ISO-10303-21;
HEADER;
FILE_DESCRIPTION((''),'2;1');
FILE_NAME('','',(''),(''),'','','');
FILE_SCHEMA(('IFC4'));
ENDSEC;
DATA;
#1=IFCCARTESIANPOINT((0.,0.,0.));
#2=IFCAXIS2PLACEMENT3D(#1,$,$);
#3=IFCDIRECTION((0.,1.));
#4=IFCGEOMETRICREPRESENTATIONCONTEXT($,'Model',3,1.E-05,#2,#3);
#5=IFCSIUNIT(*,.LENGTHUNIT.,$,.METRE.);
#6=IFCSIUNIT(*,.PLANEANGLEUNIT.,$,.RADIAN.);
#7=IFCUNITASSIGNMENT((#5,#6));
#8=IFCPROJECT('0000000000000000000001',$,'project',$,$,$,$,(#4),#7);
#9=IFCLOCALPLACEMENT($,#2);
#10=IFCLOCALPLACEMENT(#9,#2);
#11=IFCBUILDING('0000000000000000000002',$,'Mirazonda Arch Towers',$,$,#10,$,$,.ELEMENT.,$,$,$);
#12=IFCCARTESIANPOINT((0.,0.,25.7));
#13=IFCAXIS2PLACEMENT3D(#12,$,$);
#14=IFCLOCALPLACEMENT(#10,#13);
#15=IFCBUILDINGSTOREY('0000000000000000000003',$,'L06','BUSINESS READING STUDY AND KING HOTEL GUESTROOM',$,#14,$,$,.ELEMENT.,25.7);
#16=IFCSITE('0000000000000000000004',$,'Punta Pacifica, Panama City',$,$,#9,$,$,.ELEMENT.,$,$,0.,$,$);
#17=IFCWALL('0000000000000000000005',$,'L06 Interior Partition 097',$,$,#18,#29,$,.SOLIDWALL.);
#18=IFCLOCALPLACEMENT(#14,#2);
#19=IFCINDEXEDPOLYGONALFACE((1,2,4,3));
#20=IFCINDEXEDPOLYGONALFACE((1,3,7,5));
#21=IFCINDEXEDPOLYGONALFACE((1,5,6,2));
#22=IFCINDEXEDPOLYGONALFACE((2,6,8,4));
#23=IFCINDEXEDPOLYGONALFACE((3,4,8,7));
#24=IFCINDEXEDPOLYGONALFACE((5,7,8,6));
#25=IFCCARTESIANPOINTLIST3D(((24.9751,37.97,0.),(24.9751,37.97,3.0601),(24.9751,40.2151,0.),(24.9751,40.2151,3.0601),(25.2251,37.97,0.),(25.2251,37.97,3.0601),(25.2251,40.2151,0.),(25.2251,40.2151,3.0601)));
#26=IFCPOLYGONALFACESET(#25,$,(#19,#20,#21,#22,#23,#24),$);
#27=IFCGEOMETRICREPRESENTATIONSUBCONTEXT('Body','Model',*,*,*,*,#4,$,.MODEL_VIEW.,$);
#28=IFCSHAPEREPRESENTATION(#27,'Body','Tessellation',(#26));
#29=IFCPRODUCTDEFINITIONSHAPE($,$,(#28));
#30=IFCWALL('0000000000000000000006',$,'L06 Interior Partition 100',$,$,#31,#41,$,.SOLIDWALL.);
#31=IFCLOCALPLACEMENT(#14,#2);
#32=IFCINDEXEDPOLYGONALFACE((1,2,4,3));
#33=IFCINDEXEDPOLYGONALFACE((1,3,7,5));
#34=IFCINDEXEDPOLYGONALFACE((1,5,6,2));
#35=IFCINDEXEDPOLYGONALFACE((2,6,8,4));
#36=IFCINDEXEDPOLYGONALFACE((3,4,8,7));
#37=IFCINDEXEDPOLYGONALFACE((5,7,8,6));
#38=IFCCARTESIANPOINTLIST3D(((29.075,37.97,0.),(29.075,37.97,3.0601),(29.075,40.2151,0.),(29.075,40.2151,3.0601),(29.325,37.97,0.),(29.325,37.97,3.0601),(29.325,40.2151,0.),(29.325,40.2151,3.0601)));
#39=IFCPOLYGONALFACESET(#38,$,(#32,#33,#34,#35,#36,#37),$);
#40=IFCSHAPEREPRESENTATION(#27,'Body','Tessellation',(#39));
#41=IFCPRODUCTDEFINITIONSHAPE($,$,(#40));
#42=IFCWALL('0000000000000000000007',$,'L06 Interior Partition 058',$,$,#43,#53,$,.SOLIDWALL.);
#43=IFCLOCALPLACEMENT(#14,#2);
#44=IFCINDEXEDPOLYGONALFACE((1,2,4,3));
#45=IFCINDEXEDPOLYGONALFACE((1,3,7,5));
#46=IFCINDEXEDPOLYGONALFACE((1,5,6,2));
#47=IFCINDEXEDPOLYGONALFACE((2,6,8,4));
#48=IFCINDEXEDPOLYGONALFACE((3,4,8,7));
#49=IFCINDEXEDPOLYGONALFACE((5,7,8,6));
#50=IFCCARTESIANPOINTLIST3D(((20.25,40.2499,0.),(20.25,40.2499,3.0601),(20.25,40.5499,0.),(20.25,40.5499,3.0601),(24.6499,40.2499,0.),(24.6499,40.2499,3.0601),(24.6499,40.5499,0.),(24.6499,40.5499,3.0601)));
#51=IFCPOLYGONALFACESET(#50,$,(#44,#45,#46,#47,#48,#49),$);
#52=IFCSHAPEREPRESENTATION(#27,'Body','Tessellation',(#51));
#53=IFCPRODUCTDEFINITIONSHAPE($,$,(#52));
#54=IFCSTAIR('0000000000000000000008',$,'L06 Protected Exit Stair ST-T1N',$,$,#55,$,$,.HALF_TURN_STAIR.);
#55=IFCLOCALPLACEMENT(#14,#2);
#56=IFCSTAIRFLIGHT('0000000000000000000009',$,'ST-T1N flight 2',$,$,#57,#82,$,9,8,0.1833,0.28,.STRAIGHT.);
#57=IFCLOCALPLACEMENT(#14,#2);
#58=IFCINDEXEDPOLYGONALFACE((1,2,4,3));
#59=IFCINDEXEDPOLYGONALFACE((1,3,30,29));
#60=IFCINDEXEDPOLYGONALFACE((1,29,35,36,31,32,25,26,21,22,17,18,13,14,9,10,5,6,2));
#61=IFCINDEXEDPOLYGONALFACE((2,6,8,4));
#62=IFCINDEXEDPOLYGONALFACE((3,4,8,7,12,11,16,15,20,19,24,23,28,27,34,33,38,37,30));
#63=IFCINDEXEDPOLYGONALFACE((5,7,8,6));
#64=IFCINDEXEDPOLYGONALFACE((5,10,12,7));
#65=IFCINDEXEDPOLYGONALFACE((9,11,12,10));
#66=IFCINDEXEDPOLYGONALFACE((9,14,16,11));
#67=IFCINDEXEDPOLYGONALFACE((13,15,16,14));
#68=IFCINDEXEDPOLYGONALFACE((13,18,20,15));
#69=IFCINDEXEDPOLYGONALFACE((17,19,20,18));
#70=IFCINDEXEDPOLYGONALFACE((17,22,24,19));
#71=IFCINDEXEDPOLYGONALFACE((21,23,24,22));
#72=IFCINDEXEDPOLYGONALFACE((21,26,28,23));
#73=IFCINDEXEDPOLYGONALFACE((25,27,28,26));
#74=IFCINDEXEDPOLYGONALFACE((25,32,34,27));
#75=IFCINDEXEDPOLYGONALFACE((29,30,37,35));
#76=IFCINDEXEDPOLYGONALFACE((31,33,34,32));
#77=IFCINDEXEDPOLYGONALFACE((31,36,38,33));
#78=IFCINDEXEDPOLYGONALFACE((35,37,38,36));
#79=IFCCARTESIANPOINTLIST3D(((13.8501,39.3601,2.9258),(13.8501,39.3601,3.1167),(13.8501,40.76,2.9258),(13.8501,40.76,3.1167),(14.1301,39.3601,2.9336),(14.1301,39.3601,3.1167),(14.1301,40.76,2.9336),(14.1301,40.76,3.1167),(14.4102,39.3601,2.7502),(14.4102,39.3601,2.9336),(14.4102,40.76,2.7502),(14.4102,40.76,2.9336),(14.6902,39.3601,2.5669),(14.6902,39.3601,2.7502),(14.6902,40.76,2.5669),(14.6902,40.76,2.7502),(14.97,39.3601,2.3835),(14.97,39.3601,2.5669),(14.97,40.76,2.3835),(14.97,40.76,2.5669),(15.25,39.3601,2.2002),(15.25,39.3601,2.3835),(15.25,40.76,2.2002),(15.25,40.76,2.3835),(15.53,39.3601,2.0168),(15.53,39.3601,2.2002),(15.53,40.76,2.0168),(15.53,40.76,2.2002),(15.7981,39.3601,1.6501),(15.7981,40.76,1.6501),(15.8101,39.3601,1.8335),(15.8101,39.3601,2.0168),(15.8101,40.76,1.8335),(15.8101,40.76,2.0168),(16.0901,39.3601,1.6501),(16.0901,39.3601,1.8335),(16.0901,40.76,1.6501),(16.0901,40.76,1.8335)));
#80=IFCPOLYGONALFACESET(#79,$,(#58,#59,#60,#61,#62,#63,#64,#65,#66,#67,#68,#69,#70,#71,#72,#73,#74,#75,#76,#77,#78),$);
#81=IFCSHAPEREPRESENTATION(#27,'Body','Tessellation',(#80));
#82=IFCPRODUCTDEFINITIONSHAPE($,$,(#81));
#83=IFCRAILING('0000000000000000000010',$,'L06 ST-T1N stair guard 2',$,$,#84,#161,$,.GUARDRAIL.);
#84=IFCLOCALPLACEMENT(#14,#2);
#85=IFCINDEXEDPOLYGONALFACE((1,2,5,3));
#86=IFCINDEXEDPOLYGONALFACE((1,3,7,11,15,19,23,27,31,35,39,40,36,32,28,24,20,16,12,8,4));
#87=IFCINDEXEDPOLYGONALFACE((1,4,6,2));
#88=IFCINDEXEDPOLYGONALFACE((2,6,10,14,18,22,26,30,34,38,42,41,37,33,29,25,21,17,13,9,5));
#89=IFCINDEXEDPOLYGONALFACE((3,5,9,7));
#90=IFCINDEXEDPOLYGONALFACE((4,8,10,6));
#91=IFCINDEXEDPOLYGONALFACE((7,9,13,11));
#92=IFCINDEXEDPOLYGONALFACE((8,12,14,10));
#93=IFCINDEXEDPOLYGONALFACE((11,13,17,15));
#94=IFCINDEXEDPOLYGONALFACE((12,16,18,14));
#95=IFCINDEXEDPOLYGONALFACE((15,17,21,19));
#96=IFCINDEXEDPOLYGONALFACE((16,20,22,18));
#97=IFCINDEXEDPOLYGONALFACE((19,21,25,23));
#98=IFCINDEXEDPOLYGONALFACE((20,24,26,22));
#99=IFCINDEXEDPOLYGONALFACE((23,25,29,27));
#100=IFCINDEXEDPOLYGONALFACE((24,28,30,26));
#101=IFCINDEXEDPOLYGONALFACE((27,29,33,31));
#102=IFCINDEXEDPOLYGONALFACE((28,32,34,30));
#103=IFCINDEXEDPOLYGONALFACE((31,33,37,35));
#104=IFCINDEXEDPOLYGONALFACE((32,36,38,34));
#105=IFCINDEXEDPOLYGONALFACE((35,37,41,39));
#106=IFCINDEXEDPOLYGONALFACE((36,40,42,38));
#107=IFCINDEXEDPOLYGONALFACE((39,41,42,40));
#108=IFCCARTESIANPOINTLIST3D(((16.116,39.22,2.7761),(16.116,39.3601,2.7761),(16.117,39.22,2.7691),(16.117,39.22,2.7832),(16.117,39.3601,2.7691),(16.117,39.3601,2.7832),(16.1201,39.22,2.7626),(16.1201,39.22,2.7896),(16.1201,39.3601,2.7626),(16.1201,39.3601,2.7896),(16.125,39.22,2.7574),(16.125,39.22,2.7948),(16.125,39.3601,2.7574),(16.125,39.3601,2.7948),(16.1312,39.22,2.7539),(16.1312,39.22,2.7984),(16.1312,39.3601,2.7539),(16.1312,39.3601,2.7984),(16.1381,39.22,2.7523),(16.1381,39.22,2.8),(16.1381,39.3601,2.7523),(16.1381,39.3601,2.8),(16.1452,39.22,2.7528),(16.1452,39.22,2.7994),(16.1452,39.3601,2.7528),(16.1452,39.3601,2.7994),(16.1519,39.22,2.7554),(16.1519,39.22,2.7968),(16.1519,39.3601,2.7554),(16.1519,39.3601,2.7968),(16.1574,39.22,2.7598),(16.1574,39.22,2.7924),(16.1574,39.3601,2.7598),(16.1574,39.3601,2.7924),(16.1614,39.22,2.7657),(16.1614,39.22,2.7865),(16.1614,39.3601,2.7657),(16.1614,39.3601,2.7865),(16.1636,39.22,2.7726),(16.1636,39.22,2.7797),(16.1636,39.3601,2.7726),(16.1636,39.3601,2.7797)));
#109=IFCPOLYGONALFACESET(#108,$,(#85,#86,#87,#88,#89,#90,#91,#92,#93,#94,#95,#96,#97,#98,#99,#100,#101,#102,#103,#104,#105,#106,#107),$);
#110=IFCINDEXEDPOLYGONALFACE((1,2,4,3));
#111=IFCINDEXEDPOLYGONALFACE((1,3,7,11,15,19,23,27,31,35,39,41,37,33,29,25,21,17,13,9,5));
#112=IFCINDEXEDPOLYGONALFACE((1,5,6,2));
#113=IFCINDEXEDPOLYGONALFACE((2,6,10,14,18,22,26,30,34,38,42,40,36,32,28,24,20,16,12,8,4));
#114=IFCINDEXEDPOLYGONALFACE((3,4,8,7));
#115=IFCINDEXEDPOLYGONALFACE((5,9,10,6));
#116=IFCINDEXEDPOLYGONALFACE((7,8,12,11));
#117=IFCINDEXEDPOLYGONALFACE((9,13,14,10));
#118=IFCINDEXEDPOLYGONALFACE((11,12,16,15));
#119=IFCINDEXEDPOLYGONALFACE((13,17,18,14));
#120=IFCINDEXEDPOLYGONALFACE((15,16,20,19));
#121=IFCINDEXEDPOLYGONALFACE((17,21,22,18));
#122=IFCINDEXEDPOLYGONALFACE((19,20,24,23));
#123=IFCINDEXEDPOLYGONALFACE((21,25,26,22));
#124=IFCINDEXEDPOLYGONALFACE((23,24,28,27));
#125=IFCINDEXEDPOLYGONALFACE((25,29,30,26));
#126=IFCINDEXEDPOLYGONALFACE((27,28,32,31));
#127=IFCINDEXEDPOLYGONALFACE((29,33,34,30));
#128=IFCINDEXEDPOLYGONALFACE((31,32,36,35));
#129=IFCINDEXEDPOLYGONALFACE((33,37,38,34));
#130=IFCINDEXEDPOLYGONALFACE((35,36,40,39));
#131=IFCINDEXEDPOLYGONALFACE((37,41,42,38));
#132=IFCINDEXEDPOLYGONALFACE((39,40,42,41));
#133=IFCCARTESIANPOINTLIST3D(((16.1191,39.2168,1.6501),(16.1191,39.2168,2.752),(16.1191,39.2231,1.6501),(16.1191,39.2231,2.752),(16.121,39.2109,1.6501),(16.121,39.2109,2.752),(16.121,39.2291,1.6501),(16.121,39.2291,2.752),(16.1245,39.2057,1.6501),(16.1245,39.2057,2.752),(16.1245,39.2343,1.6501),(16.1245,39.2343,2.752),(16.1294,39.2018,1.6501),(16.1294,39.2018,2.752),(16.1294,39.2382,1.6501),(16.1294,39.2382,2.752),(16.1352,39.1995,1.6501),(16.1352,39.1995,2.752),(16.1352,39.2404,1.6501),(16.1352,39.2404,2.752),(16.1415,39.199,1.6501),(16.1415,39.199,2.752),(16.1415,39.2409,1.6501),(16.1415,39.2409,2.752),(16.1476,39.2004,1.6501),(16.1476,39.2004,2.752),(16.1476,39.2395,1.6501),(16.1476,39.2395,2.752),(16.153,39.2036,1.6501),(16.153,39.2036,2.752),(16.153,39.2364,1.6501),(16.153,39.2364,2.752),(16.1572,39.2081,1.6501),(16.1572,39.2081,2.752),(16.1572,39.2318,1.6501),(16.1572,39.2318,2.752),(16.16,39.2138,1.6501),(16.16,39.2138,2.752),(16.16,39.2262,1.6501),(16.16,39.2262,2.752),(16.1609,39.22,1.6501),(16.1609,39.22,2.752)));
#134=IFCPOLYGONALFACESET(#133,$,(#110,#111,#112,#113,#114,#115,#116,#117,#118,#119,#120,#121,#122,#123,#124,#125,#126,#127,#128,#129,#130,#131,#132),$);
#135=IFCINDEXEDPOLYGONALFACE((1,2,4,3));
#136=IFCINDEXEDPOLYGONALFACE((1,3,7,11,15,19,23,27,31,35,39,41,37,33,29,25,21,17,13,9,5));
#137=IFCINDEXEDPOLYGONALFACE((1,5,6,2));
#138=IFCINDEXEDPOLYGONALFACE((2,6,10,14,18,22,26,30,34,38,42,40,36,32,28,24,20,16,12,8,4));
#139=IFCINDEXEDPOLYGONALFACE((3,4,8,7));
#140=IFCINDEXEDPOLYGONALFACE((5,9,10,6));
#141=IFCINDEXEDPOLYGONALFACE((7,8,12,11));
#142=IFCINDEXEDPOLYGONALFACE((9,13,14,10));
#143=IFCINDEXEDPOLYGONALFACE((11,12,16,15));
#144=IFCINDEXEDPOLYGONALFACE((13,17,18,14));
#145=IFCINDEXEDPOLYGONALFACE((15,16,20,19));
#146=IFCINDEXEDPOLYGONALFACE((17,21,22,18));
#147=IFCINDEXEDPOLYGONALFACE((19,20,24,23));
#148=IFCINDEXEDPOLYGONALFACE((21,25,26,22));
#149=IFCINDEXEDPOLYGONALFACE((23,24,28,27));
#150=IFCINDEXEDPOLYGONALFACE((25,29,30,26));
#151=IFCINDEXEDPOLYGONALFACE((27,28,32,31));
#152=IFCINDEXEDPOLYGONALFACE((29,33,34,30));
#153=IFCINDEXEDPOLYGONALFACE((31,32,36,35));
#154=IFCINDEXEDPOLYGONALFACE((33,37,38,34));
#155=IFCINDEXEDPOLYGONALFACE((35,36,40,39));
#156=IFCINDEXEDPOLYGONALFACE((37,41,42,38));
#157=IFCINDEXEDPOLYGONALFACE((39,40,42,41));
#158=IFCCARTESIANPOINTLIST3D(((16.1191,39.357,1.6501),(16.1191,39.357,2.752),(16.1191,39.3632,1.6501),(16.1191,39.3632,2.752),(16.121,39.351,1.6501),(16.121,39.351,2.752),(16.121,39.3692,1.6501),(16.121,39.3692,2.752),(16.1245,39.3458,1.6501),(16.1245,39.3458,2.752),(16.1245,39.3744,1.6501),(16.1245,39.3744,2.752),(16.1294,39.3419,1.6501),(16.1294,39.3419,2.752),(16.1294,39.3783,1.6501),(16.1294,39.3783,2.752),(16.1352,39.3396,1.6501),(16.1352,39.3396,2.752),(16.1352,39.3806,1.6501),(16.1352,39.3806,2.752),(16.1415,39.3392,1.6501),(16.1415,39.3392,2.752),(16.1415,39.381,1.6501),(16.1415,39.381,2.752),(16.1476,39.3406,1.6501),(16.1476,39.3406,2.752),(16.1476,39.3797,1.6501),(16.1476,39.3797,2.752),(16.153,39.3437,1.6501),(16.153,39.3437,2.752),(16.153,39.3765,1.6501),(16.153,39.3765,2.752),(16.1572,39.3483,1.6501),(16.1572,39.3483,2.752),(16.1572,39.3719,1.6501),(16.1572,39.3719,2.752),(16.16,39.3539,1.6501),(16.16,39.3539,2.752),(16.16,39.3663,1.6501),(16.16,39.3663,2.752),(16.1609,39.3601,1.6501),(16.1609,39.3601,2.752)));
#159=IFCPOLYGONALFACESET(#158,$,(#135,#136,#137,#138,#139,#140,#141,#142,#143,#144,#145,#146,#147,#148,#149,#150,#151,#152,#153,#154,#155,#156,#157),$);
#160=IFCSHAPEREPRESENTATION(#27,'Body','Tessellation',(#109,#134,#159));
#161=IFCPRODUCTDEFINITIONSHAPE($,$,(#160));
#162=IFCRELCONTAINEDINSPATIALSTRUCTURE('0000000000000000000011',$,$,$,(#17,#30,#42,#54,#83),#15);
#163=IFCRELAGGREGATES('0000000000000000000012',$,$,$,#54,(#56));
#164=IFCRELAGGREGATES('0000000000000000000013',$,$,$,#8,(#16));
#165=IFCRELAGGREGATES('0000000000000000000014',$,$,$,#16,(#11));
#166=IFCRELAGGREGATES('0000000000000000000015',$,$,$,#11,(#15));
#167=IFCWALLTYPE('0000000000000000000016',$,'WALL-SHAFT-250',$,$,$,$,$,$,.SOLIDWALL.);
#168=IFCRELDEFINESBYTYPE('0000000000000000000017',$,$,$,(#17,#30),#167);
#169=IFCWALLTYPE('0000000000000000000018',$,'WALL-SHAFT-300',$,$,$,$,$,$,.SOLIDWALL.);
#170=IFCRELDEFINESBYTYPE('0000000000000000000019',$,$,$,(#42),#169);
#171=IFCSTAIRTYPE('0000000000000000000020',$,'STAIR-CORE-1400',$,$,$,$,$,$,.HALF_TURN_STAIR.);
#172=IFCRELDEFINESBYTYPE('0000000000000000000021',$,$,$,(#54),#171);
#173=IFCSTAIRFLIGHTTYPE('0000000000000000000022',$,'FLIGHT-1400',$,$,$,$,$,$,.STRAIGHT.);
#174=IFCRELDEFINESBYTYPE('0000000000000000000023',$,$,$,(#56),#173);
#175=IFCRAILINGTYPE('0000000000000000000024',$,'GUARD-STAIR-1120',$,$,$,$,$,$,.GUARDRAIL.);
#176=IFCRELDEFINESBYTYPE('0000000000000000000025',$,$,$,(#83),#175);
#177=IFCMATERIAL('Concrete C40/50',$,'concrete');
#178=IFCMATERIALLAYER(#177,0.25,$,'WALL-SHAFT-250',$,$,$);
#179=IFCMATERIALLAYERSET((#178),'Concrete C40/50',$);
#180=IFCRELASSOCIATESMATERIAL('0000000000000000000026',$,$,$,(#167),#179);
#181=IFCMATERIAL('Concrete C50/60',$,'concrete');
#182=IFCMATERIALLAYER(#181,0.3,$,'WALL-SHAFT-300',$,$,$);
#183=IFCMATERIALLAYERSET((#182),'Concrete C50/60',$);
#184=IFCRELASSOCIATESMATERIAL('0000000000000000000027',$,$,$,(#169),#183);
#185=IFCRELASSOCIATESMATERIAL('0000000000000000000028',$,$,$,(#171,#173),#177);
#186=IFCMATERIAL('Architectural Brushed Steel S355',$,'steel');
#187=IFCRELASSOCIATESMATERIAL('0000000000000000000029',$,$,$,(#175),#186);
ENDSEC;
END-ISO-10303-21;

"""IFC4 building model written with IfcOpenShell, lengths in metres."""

from ifc_helpers import new_model, si_unit, direction, frame, frame_2d, origin, origin_2d, place, context, subcontext, project, spatial, polyline, rectangle, circle, outline, extrude, material, layer, layer_set, type_object, element, aggregate, save


model = new_model("IFC4")

# Units and contexts
model_context = context("Model", 3, precision=1e-05, world=origin(), true_north=direction((0.0, 1.0)))
body_context = subcontext(model_context, "Body", "Model", "MODEL_VIEW")
ifc_project = project(units=[si_unit("LENGTHUNIT", "METRE"), si_unit("PLANEANGLEUNIT", "RADIAN")], contexts=[model_context])

# Site, building, storey
site_placement = place(None, origin())
site = spatial("IfcSite", under=ifc_project, at=site_placement, Name="Punta Pacifica, Panama City", CompositionType="ELEMENT", RefElevation=0.0)
building_placement = place(site_placement, origin())
building = spatial("IfcBuilding", under=site, at=building_placement, Name="Mirazonda Arch Towers", CompositionType="ELEMENT")
storey_placement = place(building_placement, frame((0.0, 0.0, 25.7)))
storey = spatial("IfcBuildingStorey", under=building, at=storey_placement, Name="L06", Description="BUSINESS READING STUDY AND KING HOTEL GUESTROOM", CompositionType="ELEMENT", Elevation=25.7)

# Shared definitions
ifc_material_1 = material(Name="Architectural Brushed Steel S355", Category="steel")

# Walls
ifc_material_2 = material(Name="Concrete C40/50", Category="concrete")
ifc_layer_1 = layer(ifc_material_2, 0.25, Name="WALL-SHAFT-250")
ifc_layer_set_1 = layer_set([ifc_layer_1], Name="Concrete C40/50")
wall_type_1 = type_object("IfcWallType", Name="WALL-SHAFT-250", PredefinedType="SOLIDWALL", material=ifc_layer_set_1)
for number, where, z_axis, x_axis, name in (
    (1, (25.1001, 37.97, 0.0), (0.0, 0.0, 1.0), (0.0, 1.0, 0.0), "L06 Interior Partition 097"),
    (2, (29.2, 37.97, 0.0), (0.0, 0.0, 1.0), (0.0, 1.0, 0.0), "L06 Interior Partition 100"),
):
    element("IfcWall", number, at=place(storey_placement, frame(where, z_axis=z_axis, x_axis=x_axis)), inside=storey, type_object=wall_type_1, Name=name, PredefinedType="SOLIDWALL", context=body_context, shape_type="SweptSolid", body=[
        extrude(rectangle(XDim=2.2451, YDim=0.25, at=frame_2d((1.1226, 0.0))), origin(), (0.0, 0.0, 1.0), 3.0601),
    ])
ifc_material_3 = material(Name="Concrete C50/60", Category="concrete")
ifc_layer_2 = layer(ifc_material_3, 0.3, Name="WALL-SHAFT-300")
ifc_layer_set_2 = layer_set([ifc_layer_2], Name="Concrete C50/60")
wall_type_2 = type_object("IfcWallType", Name="WALL-SHAFT-300", PredefinedType="SOLIDWALL", material=ifc_layer_set_2)
wall_1_placement = place(storey_placement, frame((20.25, 40.3999, 0.0), z_axis=(0.0, 0.0, 1.0), x_axis=(1.0, 0.0, 0.0)))
element("IfcWall", 3, at=wall_1_placement, inside=storey, type_object=wall_type_2, Name="L06 Interior Partition 058", PredefinedType="SOLIDWALL", context=body_context, shape_type="SweptSolid", body=[
    extrude(rectangle(XDim=4.3999, YDim=0.3, at=frame_2d((2.2, 0.0))), origin(), (0.0, 0.0, 1.0), 3.0601),
])

# Stair, stair flight
stair_type = type_object("IfcStairType", Name="STAIR-CORE-1400", PredefinedType="HALF_TURN_STAIR", material=ifc_material_2)
stair_placement = place(storey_placement, origin())
stair = element("IfcStair", 4, at=stair_placement, inside=storey, type_object=stair_type, Name="L06 Protected Exit Stair ST-T1N", PredefinedType="HALF_TURN_STAIR")
stair_flight_type = type_object("IfcStairFlightType", Name="FLIGHT-1400", PredefinedType="STRAIGHT", material=ifc_material_2)
stair_flight_placement = place(storey_placement, frame((16.0901, 40.0601, 1.6501), z_axis=(0.0, 0.0, 1.0), x_axis=(-1.0, 0.0, 0.0)))
stair_flight = element("IfcStairFlight", 5, at=stair_flight_placement, type_object=stair_flight_type, Name="ST-T1N flight 2", NumberOfRisers=9, NumberOfTreads=8, PredefinedType="STRAIGHT", RiserHeight=0.1833, TreadLength=0.28, context=body_context, shape_type="SweptSolid", body=[
    extrude(outline(polyline([(0.0, 0.0), (0.0, 0.1833), (0.28, 0.1833), (0.28, 0.3667), (0.5601, 0.3667), (0.5601, 0.55), (0.8401, 0.55), (0.8401, 0.7334), (1.1201, 0.7334), (1.1201, 0.9167), (1.3999, 0.9167), (1.3999, 1.1001), (1.6799, 1.1001), (1.6799, 1.2834), (1.96, 1.2834), (1.96, 1.4666), (2.24, 1.4666), (2.24, 1.6499), (2.24, 1.2756), (0.292, 0.0), (0.0, 0.0)])), frame((0.0, 0.7, 0.0), z_axis=(0.0, -1.0, 0.0), x_axis=(1.0, 0.0, 0.0)), (0.0, 0.0, 1.0), 1.3999),
])
aggregate(stair, [stair_flight])

# Railing
railing_type_1 = type_object("IfcRailingType", Name="GUARD-STAIR-1120", PredefinedType="GUARDRAIL", material=ifc_material_1)
railing_1_placement = place(storey_placement, frame((16.1399, 39.22, 1.6501)))
element("IfcRailing", 6, at=railing_1_placement, inside=storey, type_object=railing_type_1, Name="L06 ST-T1N stair guard 2", PredefinedType="GUARDRAIL", context=body_context, shape_type="SweptSolid", body=[
    extrude(circle(Radius=0.0239, at=origin_2d()), frame((0.0, 0.0, 1.126), z_axis=(0.0, 1.0, 0.0), x_axis=(-1.0, 0.0, 0.0)), (0.0, 0.0, 1.0), 0.1401),
    extrude(circle(Radius=0.021, at=origin_2d()), origin(), (0.0, 0.0, 1.0), 1.1018),
    extrude(circle(Radius=0.021, at=origin_2d()), frame((0.0, 0.1401, 0.0)), (0.0, 0.0, 1.0), 1.1018),
])

save(model, "model.ifc")
